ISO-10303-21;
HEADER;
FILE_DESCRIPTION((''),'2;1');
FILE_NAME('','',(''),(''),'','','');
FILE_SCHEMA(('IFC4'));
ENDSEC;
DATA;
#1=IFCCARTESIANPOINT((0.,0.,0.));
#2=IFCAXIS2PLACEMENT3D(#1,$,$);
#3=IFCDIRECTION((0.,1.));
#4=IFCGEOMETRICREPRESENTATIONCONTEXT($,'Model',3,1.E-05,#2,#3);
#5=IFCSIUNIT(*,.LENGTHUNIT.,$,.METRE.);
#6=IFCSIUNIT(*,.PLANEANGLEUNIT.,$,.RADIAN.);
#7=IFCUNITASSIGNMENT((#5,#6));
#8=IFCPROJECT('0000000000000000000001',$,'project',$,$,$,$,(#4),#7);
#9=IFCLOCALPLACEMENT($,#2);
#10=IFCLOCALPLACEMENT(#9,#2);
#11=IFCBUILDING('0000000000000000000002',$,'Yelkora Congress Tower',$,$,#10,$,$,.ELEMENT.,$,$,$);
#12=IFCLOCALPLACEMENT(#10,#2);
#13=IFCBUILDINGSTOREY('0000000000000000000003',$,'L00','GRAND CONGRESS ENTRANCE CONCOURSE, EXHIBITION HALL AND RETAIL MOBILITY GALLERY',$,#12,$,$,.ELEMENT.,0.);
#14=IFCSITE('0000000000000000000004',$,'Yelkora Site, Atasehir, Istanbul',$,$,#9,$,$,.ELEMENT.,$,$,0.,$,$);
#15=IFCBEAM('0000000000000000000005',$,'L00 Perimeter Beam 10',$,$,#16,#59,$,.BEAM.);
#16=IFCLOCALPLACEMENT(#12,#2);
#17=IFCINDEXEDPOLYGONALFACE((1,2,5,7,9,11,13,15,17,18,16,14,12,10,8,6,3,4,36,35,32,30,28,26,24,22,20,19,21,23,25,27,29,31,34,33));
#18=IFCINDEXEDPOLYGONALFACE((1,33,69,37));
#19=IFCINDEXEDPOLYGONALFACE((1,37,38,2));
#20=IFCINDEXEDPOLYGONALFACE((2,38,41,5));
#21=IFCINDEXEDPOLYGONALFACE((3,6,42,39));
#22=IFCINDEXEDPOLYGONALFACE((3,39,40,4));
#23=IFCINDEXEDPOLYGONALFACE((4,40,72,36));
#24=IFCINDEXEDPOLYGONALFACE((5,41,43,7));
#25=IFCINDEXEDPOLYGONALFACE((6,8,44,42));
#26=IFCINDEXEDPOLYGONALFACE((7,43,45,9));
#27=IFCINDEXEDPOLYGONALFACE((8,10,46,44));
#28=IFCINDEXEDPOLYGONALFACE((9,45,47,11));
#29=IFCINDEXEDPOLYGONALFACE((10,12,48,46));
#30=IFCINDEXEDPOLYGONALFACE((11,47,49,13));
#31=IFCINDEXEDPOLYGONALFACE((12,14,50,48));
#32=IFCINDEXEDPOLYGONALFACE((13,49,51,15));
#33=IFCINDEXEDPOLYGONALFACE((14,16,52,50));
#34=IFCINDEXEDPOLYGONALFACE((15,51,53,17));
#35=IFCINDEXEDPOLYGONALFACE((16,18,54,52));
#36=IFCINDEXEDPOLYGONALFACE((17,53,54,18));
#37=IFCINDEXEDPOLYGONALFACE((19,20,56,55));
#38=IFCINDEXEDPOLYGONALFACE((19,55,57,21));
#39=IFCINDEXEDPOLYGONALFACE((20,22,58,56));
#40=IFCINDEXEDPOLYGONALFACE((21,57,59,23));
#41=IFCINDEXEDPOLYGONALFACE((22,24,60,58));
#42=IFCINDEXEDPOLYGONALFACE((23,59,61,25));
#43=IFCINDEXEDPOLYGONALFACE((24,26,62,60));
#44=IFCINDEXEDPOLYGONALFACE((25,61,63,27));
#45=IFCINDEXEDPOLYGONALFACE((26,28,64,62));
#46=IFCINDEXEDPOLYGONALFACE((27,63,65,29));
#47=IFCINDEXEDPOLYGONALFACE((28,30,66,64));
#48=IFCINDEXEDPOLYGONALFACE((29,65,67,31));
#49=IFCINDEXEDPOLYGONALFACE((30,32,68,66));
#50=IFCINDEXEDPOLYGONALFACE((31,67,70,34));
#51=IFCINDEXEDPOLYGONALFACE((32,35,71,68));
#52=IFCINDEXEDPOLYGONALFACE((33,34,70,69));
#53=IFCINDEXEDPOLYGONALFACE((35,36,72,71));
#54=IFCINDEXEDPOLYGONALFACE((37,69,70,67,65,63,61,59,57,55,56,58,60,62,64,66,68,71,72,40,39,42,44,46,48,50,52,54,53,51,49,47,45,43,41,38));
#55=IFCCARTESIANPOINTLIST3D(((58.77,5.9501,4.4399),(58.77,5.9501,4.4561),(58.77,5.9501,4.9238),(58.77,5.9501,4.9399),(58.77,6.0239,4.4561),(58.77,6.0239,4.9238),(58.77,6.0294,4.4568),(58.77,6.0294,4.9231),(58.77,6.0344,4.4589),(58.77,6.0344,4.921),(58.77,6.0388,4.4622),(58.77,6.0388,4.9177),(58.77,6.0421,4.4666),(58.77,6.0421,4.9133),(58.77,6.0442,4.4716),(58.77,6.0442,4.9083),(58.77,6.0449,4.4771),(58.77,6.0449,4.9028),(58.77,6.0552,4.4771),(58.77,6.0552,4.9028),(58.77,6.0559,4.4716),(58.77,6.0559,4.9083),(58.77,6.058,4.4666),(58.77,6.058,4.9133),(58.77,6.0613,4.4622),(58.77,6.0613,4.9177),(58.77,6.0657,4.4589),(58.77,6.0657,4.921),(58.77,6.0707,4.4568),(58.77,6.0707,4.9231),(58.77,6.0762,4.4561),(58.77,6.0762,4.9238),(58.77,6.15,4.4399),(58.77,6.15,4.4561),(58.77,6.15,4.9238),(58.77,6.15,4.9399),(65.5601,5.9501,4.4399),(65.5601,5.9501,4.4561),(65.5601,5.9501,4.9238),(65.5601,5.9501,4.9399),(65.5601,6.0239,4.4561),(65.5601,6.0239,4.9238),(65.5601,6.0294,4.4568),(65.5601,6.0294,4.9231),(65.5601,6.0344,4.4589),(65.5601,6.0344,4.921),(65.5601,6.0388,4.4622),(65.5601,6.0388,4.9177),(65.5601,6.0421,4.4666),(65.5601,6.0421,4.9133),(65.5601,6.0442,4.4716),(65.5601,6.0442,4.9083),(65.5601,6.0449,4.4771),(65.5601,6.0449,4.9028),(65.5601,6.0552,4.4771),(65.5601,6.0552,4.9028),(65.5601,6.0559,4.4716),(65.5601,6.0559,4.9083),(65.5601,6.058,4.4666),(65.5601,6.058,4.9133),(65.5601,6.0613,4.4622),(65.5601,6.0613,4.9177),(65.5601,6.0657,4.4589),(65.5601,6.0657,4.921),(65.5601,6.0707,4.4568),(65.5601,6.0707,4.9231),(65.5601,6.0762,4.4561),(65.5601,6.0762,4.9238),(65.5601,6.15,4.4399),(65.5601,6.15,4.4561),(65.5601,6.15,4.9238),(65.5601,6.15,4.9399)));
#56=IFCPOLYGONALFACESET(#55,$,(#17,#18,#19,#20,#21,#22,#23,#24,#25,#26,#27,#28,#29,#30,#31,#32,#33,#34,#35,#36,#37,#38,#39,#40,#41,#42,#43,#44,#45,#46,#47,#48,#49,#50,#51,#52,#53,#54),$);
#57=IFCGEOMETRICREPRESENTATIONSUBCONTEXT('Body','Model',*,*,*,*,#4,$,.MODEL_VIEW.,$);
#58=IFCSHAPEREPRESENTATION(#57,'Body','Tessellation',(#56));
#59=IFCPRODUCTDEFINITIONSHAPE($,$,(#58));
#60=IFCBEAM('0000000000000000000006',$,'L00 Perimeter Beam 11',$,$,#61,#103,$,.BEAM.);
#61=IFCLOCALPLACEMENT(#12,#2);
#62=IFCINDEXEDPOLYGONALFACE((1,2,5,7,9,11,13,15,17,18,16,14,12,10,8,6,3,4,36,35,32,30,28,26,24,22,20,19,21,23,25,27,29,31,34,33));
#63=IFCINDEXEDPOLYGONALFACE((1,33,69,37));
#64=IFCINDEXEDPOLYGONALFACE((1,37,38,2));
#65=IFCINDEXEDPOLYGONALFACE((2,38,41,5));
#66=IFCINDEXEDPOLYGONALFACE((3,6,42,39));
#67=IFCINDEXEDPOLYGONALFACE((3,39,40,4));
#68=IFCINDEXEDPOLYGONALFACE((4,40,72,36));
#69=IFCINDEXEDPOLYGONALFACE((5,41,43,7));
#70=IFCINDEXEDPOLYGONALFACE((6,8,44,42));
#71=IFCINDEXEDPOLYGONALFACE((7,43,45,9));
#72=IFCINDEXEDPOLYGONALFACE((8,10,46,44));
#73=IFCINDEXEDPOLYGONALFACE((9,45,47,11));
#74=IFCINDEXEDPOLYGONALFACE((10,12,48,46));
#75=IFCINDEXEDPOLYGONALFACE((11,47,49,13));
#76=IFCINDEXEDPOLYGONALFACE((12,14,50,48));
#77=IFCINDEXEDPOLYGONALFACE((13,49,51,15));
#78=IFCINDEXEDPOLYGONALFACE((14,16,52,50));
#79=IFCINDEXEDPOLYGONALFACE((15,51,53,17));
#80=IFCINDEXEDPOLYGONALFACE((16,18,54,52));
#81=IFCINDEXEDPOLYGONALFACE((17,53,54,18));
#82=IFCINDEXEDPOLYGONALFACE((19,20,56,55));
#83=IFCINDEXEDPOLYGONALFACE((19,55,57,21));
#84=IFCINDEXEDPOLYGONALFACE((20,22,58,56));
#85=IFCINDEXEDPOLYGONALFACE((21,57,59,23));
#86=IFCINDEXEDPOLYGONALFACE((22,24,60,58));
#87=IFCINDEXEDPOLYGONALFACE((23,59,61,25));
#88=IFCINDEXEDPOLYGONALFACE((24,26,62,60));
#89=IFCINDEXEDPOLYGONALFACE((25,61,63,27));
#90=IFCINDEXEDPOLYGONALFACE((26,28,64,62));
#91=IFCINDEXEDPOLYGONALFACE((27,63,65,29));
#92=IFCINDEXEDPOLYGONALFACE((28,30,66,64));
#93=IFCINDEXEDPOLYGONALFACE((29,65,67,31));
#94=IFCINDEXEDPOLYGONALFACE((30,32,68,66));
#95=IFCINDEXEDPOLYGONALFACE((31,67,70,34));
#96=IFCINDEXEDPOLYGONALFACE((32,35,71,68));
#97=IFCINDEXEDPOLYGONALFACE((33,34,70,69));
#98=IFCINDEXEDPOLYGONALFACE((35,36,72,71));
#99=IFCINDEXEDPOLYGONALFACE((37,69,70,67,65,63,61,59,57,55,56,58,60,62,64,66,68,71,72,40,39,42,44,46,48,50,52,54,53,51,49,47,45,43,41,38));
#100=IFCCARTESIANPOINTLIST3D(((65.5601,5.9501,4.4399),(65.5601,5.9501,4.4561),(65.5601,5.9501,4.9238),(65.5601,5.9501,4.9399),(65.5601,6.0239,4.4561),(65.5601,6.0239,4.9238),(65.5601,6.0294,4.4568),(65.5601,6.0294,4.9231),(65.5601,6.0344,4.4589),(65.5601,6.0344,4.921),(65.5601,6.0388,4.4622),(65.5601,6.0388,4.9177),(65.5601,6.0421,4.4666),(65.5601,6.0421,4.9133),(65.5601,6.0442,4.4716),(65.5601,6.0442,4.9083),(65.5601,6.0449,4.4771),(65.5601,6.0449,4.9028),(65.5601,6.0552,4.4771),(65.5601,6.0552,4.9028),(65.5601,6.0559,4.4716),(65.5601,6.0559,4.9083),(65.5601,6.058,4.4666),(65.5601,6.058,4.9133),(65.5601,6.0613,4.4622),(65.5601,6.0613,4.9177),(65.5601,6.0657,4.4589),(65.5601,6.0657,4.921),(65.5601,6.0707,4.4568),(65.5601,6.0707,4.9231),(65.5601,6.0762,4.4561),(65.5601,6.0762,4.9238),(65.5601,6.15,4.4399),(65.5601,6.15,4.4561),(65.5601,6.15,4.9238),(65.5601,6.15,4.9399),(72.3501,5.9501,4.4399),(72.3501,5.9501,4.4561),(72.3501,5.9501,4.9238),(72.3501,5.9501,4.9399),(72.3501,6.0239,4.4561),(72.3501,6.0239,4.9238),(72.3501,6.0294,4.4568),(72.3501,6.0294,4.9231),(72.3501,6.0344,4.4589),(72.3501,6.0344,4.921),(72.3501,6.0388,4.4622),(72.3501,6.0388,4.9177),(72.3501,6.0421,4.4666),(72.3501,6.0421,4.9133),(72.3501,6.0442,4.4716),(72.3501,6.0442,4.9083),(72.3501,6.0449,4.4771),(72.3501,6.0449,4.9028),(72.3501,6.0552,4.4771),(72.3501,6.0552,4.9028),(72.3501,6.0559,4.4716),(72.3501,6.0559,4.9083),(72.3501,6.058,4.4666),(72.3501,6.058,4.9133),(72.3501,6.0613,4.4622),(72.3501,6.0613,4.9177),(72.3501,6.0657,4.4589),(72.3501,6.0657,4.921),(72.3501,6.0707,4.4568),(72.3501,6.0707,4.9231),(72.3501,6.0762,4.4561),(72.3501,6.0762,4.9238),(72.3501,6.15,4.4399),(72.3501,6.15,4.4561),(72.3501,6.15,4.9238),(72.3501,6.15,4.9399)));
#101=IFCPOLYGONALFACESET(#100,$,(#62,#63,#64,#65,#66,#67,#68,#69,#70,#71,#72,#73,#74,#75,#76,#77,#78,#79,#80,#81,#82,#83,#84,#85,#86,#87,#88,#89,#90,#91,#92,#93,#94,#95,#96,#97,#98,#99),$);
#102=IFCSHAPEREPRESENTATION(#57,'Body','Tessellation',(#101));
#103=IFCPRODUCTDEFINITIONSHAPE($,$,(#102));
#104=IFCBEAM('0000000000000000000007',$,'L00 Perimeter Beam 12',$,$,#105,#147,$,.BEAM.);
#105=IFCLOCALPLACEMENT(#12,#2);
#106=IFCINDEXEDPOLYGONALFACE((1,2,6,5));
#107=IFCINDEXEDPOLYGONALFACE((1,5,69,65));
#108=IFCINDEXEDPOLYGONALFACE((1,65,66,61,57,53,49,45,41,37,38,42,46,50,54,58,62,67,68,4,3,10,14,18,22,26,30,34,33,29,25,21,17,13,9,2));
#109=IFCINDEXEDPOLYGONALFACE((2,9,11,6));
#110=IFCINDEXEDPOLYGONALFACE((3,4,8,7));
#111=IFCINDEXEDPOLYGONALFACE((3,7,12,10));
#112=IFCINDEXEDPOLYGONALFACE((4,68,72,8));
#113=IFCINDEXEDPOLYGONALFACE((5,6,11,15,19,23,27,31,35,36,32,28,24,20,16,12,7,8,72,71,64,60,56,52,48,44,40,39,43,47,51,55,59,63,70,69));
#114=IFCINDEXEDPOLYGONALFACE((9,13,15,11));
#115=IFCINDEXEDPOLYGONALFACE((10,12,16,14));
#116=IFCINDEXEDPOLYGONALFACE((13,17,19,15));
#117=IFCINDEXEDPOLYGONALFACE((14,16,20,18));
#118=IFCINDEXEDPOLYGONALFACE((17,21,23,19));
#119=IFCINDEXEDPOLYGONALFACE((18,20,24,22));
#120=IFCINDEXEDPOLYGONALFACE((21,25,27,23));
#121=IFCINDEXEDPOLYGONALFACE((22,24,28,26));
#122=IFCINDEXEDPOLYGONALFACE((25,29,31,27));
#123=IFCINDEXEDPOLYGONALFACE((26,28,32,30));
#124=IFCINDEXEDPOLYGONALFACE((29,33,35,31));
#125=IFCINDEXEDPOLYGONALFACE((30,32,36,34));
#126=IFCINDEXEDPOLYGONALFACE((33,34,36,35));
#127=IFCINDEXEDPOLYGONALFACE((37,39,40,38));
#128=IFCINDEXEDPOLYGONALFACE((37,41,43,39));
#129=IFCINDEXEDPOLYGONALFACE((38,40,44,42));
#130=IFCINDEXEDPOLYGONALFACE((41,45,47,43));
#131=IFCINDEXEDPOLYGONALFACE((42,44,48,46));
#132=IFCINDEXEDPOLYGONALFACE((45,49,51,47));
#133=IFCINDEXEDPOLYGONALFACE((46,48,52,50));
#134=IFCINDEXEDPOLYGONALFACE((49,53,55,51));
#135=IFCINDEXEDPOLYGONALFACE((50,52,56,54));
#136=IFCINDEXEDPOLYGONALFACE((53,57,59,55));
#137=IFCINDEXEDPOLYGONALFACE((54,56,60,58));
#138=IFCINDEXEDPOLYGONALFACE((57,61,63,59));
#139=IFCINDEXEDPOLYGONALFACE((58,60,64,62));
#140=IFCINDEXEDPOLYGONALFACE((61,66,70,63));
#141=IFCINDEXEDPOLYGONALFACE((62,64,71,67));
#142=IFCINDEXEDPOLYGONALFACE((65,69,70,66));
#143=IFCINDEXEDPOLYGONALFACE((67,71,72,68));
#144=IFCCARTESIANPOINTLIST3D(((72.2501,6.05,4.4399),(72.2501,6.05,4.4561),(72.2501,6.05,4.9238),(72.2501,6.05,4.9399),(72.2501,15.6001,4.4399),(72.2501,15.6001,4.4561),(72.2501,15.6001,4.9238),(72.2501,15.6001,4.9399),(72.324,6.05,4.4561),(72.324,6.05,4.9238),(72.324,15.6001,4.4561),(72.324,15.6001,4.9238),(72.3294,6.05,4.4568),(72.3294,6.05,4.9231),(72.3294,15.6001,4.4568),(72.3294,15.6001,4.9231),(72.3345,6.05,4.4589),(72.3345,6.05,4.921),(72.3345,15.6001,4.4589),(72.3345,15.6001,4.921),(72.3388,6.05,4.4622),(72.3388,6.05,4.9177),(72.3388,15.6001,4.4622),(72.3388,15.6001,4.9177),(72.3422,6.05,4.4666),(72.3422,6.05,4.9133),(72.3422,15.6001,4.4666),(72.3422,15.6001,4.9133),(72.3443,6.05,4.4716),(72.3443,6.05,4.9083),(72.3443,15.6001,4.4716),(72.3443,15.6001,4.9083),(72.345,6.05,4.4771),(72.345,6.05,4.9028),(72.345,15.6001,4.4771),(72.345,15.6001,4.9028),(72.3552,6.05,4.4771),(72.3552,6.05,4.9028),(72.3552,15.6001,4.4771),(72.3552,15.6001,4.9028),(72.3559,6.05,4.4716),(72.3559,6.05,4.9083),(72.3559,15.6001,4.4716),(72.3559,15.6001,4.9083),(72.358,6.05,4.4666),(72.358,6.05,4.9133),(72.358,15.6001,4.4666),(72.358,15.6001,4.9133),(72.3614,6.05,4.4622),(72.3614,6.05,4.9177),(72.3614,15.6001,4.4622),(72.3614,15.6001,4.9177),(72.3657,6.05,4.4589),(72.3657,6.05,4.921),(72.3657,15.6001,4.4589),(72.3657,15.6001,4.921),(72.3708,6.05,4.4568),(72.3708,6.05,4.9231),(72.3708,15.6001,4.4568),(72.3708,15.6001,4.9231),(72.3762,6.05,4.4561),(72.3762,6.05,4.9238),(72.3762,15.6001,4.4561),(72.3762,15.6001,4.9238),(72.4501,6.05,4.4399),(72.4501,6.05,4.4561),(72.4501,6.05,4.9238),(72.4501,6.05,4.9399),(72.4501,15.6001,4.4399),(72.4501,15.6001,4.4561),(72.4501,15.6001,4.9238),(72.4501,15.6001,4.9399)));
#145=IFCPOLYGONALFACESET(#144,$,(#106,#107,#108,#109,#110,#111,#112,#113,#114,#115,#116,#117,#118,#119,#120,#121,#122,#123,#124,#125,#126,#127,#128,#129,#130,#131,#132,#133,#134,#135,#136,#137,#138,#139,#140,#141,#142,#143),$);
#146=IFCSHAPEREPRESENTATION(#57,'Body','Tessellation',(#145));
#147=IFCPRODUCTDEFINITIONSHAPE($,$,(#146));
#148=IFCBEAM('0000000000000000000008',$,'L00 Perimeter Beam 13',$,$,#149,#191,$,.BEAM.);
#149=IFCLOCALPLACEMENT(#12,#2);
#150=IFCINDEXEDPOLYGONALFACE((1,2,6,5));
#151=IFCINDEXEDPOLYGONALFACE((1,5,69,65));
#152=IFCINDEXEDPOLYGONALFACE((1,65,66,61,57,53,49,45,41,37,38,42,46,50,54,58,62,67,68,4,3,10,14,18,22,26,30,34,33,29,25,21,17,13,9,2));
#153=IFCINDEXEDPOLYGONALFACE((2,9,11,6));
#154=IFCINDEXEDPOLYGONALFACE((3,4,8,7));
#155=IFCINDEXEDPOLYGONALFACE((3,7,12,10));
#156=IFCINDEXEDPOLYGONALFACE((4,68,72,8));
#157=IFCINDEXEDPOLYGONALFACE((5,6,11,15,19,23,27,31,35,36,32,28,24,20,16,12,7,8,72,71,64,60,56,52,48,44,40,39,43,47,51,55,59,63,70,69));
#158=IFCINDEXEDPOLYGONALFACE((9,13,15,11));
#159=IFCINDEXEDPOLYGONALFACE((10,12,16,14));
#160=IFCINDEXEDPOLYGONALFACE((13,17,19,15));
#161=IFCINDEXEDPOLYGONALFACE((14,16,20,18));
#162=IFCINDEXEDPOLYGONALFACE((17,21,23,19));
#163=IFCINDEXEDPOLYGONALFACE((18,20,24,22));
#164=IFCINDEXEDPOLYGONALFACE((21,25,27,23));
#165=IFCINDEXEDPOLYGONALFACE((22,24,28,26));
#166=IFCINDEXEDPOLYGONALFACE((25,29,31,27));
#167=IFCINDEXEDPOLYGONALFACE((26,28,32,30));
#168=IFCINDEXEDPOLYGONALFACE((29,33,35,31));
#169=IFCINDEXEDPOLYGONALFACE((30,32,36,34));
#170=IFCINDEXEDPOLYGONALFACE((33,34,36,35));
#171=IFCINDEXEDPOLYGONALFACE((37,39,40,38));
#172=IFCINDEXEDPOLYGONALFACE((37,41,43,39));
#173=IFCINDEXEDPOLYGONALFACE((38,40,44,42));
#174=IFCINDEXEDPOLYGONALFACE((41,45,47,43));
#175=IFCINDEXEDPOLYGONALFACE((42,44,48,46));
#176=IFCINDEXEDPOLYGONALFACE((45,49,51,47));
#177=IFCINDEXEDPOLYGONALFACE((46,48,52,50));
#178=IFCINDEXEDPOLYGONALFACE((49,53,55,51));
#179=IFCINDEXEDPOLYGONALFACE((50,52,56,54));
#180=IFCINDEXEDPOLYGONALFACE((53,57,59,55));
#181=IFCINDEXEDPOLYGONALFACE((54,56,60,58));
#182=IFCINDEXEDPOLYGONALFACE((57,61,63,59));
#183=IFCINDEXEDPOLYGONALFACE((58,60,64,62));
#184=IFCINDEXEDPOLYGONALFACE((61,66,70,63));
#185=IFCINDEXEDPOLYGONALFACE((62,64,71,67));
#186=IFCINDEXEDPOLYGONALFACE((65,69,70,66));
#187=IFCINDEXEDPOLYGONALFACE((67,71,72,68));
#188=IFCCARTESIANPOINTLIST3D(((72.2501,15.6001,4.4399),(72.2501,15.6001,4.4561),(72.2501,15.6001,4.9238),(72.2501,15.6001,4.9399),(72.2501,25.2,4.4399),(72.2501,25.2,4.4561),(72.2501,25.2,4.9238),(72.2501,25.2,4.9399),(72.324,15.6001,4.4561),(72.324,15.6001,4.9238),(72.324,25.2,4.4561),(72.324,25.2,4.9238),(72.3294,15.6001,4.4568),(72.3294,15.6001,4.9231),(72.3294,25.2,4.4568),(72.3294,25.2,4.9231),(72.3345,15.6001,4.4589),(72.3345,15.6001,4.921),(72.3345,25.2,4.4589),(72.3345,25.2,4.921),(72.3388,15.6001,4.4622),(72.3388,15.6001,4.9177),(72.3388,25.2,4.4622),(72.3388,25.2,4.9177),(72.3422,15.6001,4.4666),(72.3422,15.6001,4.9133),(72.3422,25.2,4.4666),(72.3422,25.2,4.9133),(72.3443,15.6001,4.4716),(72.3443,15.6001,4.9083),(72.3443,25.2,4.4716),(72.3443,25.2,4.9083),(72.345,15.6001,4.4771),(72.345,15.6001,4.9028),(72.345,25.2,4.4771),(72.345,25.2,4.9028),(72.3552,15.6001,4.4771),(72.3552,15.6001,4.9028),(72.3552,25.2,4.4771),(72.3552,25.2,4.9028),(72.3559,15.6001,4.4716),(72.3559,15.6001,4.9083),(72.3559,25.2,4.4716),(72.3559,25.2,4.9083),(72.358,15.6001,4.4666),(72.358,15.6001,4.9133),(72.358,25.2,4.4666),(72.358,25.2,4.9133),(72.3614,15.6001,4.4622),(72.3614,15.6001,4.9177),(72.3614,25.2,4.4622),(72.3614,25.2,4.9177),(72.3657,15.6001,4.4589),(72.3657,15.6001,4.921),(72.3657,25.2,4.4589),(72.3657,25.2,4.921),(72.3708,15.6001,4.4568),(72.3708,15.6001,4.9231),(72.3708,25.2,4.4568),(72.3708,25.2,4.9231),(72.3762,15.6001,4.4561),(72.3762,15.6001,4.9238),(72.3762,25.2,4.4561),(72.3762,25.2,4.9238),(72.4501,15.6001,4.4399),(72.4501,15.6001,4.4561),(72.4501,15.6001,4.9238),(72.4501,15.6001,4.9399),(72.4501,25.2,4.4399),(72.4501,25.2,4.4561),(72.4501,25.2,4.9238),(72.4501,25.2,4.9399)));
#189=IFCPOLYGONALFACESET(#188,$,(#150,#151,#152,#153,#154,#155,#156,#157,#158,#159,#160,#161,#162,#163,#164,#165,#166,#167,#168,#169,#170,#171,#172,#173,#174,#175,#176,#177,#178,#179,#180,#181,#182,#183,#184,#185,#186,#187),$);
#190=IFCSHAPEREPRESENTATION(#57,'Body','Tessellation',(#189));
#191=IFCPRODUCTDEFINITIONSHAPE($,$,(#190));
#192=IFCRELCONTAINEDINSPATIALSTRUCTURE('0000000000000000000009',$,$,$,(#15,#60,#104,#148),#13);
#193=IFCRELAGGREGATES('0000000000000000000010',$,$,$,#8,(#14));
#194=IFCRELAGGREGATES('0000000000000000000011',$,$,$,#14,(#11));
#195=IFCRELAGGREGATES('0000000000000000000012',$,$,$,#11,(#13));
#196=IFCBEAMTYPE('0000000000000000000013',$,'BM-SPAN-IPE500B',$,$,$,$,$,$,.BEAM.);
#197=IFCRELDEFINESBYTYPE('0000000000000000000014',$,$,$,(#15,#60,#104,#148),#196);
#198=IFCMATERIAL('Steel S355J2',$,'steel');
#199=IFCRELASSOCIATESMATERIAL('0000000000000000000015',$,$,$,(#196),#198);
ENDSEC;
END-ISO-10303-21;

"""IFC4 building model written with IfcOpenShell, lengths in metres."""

from ifc_helpers import new_model, si_unit, direction, frame, origin, origin_2d, place, context, subcontext, project, spatial, i_section, extrude, material, material_profile, profile_set, type_object, element, save


model = new_model("IFC4")

# Units and contexts
model_context = context("Model", 3, precision=1e-05, world=origin(), true_north=direction((0.0, 1.0)))
body_context = subcontext(model_context, "Body", "Model", "MODEL_VIEW")
ifc_project = project(units=[si_unit("LENGTHUNIT", "METRE"), si_unit("PLANEANGLEUNIT", "RADIAN")], contexts=[model_context])

# Site, building, storey
site_placement = place(None, origin())
site = spatial("IfcSite", under=ifc_project, at=site_placement, Name="Yelkora Site, Atasehir, Istanbul", CompositionType="ELEMENT", RefElevation=0.0)
building_placement = place(site_placement, origin())
building = spatial("IfcBuilding", under=site, at=building_placement, Name="Yelkora Congress Tower", CompositionType="ELEMENT")
storey_placement = place(building_placement, origin())
storey = spatial("IfcBuildingStorey", under=building, at=storey_placement, Name="L00", Description="GRAND CONGRESS ENTRANCE CONCOURSE, EXHIBITION HALL AND RETAIL MOBILITY GALLERY", CompositionType="ELEMENT", Elevation=0.0)

# Beams
ifc_material_1 = material(Name="Steel S355J2", Category="steel")
ifc_material_profile_1 = material_profile(ifc_material_1, i_section(OverallWidth=0.2, OverallDepth=0.5, WebThickness=0.0103, FlangeThickness=0.0161, FilletRadius=0.021, at=origin_2d()), Name="IPE 500")
ifc_profile_set_1 = profile_set([ifc_material_profile_1], Name="Steel S355J2")
beam_type_1 = type_object("IfcBeamType", Name="BM-SPAN-IPE500B", PredefinedType="BEAM", material=ifc_profile_set_1)
for number, where, z_axis, x_axis, name in (
    (1, (58.77, 6.05, 4.6899), (1.0, 0.0, 0.0), (0.0, 1.0, 0.0), "L00 Perimeter Beam 10"),
    (2, (65.5601, 6.05, 4.6899), (1.0, 0.0, 0.0), (0.0, 1.0, 0.0), "L00 Perimeter Beam 11"),
):
    element("IfcBeam", number, at=place(storey_placement, frame(where, z_axis=z_axis, x_axis=x_axis)), inside=storey, type_object=beam_type_1, Name=name, PredefinedType="BEAM", context=body_context, shape_type="SweptSolid", body=[
        extrude(i_section(OverallWidth=0.2, OverallDepth=0.5, WebThickness=0.0103, FlangeThickness=0.0161, FilletRadius=0.021, at=origin_2d()), origin(), (0.0, 0.0, 1.0), 6.79),
    ])
beam_1_placement = place(storey_placement, frame((72.3501, 6.05, 4.6899), z_axis=(0.0, 1.0, 0.0), x_axis=(-1.0, 0.0, 0.0)))
element("IfcBeam", 3, at=beam_1_placement, inside=storey, type_object=beam_type_1, Name="L00 Perimeter Beam 12", PredefinedType="BEAM", context=body_context, shape_type="SweptSolid", body=[
    extrude(i_section(OverallWidth=0.2, OverallDepth=0.5, WebThickness=0.0103, FlangeThickness=0.0161, FilletRadius=0.021, at=origin_2d()), origin(), (0.0, 0.0, 1.0), 9.55),
])
beam_2_placement = place(storey_placement, frame((72.3501, 15.6001, 4.6899), z_axis=(0.0, 1.0, 0.0), x_axis=(-1.0, 0.0, 0.0)))
element("IfcBeam", 4, at=beam_2_placement, inside=storey, type_object=beam_type_1, Name="L00 Perimeter Beam 13", PredefinedType="BEAM", context=body_context, shape_type="SweptSolid", body=[
    extrude(i_section(OverallWidth=0.2, OverallDepth=0.5, WebThickness=0.0103, FlangeThickness=0.0161, FilletRadius=0.021, at=origin_2d()), origin(), (0.0, 0.0, 1.0), 9.5999),
])

save(model, "model.ifc")
